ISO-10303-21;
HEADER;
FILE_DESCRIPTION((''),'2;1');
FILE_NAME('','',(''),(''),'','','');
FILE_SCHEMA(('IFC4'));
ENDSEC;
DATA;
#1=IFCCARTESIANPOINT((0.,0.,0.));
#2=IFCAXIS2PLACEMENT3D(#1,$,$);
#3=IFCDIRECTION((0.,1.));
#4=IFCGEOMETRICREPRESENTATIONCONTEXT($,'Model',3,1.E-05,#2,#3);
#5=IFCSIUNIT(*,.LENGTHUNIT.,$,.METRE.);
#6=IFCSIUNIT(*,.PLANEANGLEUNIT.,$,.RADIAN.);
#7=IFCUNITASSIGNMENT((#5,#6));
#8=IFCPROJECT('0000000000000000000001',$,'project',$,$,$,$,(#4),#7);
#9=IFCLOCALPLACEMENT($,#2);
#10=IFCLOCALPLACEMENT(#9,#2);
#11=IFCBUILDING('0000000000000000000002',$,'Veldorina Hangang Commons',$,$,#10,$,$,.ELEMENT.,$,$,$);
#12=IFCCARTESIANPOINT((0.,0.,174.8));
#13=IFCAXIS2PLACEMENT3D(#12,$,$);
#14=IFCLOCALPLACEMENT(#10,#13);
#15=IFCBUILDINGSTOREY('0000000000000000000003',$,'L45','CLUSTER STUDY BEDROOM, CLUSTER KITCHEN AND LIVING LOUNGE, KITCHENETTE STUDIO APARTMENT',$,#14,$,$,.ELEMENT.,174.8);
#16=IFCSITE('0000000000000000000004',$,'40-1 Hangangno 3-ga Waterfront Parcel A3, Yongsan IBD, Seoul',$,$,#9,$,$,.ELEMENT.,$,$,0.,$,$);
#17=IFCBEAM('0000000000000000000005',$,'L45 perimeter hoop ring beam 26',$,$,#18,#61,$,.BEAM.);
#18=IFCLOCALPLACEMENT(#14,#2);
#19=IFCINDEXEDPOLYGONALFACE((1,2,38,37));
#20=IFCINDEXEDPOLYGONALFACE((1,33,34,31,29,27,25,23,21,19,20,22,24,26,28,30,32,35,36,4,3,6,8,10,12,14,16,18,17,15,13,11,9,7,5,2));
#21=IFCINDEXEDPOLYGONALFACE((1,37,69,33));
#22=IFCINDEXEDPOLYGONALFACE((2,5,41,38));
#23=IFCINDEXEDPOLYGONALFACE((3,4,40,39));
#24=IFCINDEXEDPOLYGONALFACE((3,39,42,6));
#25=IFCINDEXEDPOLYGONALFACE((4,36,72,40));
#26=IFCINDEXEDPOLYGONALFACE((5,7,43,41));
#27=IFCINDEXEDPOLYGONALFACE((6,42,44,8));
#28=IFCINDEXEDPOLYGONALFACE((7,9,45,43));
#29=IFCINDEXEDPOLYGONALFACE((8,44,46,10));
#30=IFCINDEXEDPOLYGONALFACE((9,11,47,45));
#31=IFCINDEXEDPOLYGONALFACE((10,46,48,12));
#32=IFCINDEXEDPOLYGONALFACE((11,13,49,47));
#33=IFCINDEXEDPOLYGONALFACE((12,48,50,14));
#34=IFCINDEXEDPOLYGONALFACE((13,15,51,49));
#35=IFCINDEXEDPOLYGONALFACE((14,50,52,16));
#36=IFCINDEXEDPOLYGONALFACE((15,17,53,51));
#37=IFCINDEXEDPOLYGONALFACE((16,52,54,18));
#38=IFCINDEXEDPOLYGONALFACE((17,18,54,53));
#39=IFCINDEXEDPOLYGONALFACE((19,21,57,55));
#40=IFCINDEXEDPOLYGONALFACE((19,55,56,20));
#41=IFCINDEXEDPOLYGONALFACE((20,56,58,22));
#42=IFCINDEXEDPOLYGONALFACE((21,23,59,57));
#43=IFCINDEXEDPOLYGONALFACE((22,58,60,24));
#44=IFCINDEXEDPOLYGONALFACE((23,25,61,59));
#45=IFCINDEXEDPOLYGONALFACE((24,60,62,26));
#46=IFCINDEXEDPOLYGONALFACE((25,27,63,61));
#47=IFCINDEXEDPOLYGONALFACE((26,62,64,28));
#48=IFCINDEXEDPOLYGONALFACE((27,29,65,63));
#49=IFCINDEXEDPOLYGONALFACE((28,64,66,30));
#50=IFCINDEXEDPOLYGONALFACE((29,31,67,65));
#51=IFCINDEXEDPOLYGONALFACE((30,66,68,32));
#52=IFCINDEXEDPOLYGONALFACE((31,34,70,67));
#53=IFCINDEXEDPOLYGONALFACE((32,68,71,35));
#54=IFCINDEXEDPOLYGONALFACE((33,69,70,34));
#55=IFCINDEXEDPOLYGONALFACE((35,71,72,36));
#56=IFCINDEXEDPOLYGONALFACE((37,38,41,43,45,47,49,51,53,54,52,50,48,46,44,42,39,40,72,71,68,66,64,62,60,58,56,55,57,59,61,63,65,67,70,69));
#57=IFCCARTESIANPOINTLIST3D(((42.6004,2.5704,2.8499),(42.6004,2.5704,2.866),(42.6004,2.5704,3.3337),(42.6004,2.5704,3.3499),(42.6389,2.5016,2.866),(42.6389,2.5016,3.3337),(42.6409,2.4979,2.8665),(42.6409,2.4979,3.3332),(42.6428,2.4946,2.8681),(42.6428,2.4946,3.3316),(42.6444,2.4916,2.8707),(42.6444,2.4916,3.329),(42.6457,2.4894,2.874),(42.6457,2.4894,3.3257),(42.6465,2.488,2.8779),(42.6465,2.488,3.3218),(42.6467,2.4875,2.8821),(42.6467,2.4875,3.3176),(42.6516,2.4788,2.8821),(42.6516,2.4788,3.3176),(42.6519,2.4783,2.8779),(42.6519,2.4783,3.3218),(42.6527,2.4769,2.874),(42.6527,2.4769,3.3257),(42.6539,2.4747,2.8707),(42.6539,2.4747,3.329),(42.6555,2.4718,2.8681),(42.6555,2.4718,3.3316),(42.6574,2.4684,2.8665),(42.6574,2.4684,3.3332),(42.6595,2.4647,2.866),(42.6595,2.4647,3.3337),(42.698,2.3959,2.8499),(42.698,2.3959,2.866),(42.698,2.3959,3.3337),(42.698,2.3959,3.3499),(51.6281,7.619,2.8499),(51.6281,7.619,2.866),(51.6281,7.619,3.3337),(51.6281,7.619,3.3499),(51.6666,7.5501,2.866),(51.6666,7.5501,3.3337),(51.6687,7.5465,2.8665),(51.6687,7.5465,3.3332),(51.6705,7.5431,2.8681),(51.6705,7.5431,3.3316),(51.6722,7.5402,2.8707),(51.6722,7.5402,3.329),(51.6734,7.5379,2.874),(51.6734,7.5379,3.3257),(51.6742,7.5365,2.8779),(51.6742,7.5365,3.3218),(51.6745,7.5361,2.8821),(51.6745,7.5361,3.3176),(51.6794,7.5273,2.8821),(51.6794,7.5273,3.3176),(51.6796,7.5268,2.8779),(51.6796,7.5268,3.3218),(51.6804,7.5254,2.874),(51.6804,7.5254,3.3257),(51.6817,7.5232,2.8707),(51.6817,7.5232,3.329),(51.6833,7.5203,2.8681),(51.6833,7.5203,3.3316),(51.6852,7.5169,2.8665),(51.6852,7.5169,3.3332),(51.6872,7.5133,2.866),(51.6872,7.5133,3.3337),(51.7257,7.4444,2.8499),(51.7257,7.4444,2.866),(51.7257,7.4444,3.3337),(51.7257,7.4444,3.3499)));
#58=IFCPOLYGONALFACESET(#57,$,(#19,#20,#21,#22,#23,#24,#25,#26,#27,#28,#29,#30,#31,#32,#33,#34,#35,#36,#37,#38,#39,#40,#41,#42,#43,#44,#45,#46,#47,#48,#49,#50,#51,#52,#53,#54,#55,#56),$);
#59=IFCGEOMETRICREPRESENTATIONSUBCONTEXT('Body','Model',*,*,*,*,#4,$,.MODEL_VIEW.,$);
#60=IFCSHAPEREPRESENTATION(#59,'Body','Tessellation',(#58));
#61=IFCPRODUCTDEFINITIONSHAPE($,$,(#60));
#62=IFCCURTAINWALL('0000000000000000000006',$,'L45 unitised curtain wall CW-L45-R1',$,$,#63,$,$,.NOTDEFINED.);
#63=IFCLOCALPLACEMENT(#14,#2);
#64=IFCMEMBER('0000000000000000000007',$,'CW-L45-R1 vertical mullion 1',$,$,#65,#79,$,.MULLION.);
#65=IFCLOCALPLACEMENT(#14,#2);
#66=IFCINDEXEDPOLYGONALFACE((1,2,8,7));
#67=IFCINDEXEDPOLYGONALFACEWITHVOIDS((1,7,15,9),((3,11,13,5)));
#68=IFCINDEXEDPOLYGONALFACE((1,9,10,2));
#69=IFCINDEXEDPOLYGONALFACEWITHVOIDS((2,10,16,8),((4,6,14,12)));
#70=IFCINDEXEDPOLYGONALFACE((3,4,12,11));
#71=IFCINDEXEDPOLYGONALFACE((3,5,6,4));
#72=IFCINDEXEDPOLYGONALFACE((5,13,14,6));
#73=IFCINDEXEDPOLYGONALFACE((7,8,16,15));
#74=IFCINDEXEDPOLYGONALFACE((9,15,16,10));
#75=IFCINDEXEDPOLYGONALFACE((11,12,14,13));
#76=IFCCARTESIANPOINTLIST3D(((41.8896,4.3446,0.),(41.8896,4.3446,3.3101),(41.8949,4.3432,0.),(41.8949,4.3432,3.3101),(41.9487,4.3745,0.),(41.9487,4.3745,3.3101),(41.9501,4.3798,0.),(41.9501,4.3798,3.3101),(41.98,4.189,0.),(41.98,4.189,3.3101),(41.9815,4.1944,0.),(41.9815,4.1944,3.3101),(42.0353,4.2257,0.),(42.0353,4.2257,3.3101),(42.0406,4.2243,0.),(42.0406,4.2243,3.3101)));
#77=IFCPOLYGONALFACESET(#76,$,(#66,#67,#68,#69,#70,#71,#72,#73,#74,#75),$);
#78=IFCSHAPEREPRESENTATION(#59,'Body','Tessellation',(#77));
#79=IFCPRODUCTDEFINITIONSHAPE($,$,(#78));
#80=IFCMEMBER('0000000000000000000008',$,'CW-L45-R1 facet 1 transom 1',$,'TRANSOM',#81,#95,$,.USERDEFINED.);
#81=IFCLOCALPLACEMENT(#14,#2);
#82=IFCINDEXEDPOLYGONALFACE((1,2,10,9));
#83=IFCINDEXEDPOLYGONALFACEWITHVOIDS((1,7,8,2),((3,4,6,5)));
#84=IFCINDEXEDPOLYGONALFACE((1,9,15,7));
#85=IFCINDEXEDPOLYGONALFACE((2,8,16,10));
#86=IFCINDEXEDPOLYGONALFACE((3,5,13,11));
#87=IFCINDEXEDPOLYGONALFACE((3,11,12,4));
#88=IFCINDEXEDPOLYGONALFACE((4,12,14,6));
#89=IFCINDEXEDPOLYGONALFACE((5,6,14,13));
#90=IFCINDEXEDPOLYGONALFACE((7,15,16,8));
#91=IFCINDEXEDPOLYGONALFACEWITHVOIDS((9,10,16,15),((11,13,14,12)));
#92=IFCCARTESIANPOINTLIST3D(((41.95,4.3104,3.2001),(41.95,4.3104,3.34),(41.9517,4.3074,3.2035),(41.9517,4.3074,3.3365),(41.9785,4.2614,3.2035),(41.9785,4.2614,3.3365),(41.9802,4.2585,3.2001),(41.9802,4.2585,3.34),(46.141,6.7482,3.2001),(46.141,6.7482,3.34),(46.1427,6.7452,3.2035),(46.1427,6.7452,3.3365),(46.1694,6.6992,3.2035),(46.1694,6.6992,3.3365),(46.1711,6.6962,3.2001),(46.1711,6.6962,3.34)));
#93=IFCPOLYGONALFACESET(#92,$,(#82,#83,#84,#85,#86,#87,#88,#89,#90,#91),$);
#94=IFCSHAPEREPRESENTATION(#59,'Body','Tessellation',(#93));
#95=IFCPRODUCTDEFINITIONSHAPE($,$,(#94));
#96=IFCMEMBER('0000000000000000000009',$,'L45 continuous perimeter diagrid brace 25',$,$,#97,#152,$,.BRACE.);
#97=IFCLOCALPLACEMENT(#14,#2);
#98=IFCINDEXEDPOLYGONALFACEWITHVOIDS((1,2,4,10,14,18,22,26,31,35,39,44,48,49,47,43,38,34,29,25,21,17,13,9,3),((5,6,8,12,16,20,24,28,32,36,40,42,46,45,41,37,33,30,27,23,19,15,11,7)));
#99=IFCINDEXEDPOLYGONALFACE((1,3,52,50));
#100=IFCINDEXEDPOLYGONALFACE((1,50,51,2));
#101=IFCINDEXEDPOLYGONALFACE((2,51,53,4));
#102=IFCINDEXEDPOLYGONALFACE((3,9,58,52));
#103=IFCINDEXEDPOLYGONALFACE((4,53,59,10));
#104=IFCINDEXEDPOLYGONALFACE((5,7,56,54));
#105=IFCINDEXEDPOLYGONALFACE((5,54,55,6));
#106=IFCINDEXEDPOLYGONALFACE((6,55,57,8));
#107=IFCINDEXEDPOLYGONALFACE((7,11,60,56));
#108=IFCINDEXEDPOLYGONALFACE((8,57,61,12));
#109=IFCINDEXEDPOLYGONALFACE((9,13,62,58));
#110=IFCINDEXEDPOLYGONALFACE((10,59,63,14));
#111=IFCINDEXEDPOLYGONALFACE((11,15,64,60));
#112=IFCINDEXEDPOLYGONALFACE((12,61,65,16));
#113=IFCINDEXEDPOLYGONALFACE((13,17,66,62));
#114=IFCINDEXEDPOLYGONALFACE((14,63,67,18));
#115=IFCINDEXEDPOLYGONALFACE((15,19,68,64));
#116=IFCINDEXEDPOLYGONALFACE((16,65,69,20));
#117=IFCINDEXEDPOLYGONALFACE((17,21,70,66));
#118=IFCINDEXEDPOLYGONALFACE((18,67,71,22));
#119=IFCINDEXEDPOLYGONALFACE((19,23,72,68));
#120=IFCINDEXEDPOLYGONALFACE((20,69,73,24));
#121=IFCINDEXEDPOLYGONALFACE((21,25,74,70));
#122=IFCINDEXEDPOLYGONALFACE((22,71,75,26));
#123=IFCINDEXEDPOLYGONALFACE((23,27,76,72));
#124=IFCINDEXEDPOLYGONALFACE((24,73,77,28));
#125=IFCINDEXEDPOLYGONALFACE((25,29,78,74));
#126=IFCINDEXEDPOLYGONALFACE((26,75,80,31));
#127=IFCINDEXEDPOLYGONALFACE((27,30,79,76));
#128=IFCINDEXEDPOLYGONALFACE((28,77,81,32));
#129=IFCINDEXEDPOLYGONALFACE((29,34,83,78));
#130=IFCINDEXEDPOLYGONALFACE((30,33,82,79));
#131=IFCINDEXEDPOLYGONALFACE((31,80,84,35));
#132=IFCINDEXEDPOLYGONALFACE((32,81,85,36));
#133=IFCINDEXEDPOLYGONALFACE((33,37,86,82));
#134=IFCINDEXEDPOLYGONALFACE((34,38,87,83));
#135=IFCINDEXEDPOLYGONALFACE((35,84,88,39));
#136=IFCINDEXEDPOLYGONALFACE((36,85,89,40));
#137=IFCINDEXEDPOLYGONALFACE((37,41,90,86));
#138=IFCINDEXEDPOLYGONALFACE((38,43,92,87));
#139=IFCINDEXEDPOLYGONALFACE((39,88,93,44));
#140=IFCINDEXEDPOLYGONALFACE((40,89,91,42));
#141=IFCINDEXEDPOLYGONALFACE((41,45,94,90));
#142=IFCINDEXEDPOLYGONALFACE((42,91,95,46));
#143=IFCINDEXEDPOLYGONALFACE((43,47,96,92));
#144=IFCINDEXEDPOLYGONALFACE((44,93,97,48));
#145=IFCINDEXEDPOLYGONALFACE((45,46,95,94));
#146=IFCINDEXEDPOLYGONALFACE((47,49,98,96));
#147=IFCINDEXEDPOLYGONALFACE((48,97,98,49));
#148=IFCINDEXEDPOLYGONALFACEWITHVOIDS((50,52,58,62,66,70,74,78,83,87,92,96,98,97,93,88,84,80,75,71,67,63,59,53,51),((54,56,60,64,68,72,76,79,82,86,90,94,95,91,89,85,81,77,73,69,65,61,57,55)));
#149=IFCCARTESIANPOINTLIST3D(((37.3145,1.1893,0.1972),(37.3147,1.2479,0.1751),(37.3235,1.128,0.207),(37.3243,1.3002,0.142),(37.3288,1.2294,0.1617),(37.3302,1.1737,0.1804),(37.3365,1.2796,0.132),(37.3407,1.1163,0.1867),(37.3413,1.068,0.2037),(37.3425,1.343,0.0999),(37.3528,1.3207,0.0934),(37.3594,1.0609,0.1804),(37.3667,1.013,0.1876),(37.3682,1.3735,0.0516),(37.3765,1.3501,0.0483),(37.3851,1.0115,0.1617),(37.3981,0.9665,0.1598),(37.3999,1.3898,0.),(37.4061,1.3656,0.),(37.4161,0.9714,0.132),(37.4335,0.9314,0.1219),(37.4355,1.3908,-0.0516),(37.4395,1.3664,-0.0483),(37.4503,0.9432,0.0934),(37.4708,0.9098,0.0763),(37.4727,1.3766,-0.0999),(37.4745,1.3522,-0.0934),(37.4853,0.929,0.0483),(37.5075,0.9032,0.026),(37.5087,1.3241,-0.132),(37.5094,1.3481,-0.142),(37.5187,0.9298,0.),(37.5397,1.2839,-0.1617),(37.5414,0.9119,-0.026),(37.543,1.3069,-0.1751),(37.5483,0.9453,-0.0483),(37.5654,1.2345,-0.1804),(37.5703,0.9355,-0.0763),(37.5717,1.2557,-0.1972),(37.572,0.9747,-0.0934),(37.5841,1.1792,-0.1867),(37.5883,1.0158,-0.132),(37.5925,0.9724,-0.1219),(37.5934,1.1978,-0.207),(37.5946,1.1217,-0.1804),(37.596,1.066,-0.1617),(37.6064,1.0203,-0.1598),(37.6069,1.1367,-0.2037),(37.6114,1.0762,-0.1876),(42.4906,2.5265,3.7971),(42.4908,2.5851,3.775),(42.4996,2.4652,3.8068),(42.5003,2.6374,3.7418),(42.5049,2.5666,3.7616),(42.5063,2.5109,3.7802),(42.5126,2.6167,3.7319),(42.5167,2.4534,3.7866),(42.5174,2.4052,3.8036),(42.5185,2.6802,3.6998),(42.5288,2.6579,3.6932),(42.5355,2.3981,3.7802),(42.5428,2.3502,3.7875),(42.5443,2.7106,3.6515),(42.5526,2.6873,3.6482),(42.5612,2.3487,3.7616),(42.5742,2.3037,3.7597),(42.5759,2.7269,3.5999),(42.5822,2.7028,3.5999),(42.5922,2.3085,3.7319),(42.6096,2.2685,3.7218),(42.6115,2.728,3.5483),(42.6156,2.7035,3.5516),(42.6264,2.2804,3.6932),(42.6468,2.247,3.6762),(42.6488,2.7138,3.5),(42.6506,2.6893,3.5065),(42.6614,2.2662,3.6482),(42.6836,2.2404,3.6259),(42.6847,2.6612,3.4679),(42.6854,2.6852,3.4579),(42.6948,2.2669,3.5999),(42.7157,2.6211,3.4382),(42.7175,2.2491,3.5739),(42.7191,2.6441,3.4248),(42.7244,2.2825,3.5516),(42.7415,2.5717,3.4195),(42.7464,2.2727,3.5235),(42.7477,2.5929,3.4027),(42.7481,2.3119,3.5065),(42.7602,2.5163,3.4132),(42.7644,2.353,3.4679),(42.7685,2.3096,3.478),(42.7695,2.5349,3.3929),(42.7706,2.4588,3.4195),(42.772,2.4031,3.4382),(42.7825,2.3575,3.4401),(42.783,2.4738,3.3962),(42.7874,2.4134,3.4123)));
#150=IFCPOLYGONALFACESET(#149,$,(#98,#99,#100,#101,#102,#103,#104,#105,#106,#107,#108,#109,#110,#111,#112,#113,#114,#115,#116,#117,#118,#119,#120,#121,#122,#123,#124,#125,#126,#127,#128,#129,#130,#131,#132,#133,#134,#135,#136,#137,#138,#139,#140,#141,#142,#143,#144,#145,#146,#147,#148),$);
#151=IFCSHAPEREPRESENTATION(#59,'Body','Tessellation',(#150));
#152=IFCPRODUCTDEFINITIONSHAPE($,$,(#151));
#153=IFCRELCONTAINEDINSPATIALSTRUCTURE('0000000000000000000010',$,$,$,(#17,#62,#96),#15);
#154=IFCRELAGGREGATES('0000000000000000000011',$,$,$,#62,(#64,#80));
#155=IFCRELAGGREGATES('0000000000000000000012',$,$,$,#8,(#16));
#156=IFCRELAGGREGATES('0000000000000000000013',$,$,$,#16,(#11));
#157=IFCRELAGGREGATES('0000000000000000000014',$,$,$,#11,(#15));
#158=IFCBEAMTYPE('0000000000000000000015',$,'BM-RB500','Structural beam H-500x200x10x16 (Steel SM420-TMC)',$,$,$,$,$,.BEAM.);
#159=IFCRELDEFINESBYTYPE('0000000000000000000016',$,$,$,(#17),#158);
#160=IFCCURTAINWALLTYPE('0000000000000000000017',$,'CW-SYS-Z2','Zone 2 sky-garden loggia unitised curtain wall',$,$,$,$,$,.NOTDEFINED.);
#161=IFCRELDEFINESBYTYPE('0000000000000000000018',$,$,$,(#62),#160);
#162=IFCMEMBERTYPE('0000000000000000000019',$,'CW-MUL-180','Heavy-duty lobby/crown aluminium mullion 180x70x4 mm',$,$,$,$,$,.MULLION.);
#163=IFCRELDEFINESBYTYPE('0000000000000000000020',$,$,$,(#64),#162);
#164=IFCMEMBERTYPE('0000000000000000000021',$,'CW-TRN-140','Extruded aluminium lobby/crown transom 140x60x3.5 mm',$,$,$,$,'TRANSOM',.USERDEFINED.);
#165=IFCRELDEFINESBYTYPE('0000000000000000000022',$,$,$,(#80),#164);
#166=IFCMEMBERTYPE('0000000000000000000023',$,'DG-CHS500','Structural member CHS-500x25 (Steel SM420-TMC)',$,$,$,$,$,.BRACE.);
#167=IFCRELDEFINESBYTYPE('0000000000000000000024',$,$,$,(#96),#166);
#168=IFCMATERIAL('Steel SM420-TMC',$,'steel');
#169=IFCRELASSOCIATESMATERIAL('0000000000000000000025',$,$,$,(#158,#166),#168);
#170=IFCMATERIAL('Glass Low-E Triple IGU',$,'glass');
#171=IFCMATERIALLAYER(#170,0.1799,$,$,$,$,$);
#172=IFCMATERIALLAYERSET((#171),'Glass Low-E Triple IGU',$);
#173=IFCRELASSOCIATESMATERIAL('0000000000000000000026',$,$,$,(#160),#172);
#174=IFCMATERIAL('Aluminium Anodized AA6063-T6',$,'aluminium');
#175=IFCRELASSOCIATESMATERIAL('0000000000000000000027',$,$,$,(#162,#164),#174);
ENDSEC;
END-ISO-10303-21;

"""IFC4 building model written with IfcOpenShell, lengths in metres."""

from ifc_helpers import new_model, si_unit, direction, frame, origin, origin_2d, place, context, subcontext, project, spatial, hollow_rectangle, hollow_circle, i_section, extrude, material, layer, layer_set, material_profile, profile_set, type_object, element, aggregate, save


model = new_model("IFC4")

# Units and contexts
model_context = context("Model", 3, precision=1e-05, world=origin(), true_north=direction((0.0, 1.0)))
body_context = subcontext(model_context, "Body", "Model", "MODEL_VIEW")
ifc_project = project(units=[si_unit("LENGTHUNIT", "METRE"), si_unit("PLANEANGLEUNIT", "RADIAN")], contexts=[model_context])

# Site, building, storey
site_placement = place(None, origin())
site = spatial("IfcSite", under=ifc_project, at=site_placement, Name="40-1 Hangangno 3-ga Waterfront Parcel A3, Yongsan IBD, Seoul", CompositionType="ELEMENT", RefElevation=0.0)
building_placement = place(site_placement, origin())
building = spatial("IfcBuilding", under=site, at=building_placement, Name="Veldorina Hangang Commons", CompositionType="ELEMENT")
storey_placement = place(building_placement, frame((0.0, 0.0, 174.8)))
storey = spatial("IfcBuildingStorey", under=building, at=storey_placement, Name="L45", Description="CLUSTER STUDY BEDROOM, CLUSTER KITCHEN AND LIVING LOUNGE, KITCHENETTE STUDIO APARTMENT", CompositionType="ELEMENT", Elevation=174.8)

# Beam
ifc_material_1 = material(Name="Steel SM420-TMC", Category="steel")
ifc_material_profile_1 = material_profile(ifc_material_1, i_section(OverallWidth=0.2, OverallDepth=0.5, WebThickness=0.01, FlangeThickness=0.0161, FilletRadius=0.0161, at=origin_2d()), Name="H-500x200x10x16")
ifc_profile_set_1 = profile_set([ifc_material_profile_1], Name="Steel SM420-TMC")
beam_type = type_object("IfcBeamType", Name="BM-RB500", Description="Structural beam H-500x200x10x16 (Steel SM420-TMC)", PredefinedType="BEAM", material=ifc_profile_set_1)
beam_placement = place(storey_placement, frame((42.6492, 2.4832, 3.0999), z_axis=(0.872794, 0.488088, 0.0), x_axis=(-0.488088, 0.872794, 0.0)))
element("IfcBeam", 1, at=beam_placement, inside=storey, type_object=beam_type, Name="L45 perimeter hoop ring beam 26", PredefinedType="BEAM", context=body_context, shape_type="SweptSolid", body=[
    extrude(i_section(OverallWidth=0.2, OverallDepth=0.5, WebThickness=0.01, FlangeThickness=0.0161, FilletRadius=0.0161, at=origin_2d()), origin(), (0.0, 0.0, 1.0), 10.3435),
])

# Curtain wall, members
ifc_material_2 = material(Name="Glass Low-E Triple IGU", Category="glass")
ifc_layer_1 = layer(ifc_material_2, 0.1799)
ifc_layer_set_1 = layer_set([ifc_layer_1], Name="Glass Low-E Triple IGU")
curtain_wall_type = type_object("IfcCurtainWallType", Name="CW-SYS-Z2", Description="Zone 2 sky-garden loggia unitised curtain wall", PredefinedType="NOTDEFINED", material=ifc_layer_set_1)
curtain_wall_placement = place(storey_placement, origin())
curtain_wall = element("IfcCurtainWall", 2, at=curtain_wall_placement, inside=storey, type_object=curtain_wall_type, Name="L45 unitised curtain wall CW-L45-R1", PredefinedType="NOTDEFINED")
ifc_material_3 = material(Name="Aluminium Anodized AA6063-T6", Category="aluminium")
ifc_material_profile_2 = material_profile(ifc_material_3, hollow_rectangle(XDim=0.0701, YDim=0.1799, WallThickness=0.0039, at=origin_2d()), Name="ALU-RHS-180x70x4")
ifc_profile_set_2 = profile_set([ifc_material_profile_2], Name="Aluminium Anodized AA6063-T6")
member_type_1 = type_object("IfcMemberType", Name="CW-MUL-180", Description="Heavy-duty lobby/crown aluminium mullion 180x70x4 mm", PredefinedType="MULLION", material=ifc_profile_set_2)
member_1_placement = place(storey_placement, frame((41.9651, 4.2844, 0.0), z_axis=(0.0, 0.0, 1.0), x_axis=(0.864398, 0.502809, 0.0)))
member_1 = element("IfcMember", 3, at=member_1_placement, type_object=member_type_1, Name="CW-L45-R1 vertical mullion 1", PredefinedType="MULLION", context=body_context, shape_type="SweptSolid", body=[
    extrude(hollow_rectangle(XDim=0.0701, YDim=0.1799, WallThickness=0.0039, at=origin_2d()), origin(), (0.0, 0.0, 1.0), 3.3101),
])
ifc_material_profile_3 = material_profile(ifc_material_3, hollow_rectangle(XDim=0.0601, YDim=0.1399, WallThickness=0.0034, at=origin_2d()), Name="ALU-RHS-140x60x3.5")
ifc_profile_set_3 = profile_set([ifc_material_profile_3], Name="Aluminium Anodized AA6063-T6")
member_type_2 = type_object("IfcMemberType", Name="CW-TRN-140", Description="Extruded aluminium lobby/crown transom 140x60x3.5 mm", ElementType="TRANSOM", PredefinedType="USERDEFINED", material=ifc_profile_set_3)
member_2_placement = place(storey_placement, frame((41.9651, 4.2844, 3.27), z_axis=(0.864403, 0.5028, 0.0), x_axis=(-0.5028, 0.864403, 0.0)))
member_2 = element("IfcMember", 4, at=member_2_placement, type_object=member_type_2, Name="CW-L45-R1 facet 1 transom 1", ObjectType="TRANSOM", PredefinedType="USERDEFINED", context=body_context, shape_type="SweptSolid", body=[
    extrude(hollow_rectangle(XDim=0.0601, YDim=0.1399, WallThickness=0.0034, at=origin_2d()), origin(), (0.0, 0.0, 1.0), 4.8484),
])
aggregate(curtain_wall, [member_1, member_2])

# Member
ifc_material_profile_4 = material_profile(ifc_material_1, hollow_circle(Radius=0.25, WallThickness=0.0249, at=origin_2d()), Name="CHS-500x25")
ifc_profile_set_4 = profile_set([ifc_material_profile_4], Name="Steel SM420-TMC")
member_type_3 = type_object("IfcMemberType", Name="DG-CHS500", Description="Structural member CHS-500x25 (Steel SM420-TMC)", PredefinedType="BRACE", material=ifc_profile_set_4)
member_3_placement = place(storey_placement, frame((37.4624, 1.1477, 0.0), z_axis=(0.803106, 0.207472, 0.558549), x_axis=(-0.250125, 0.968213, 0.0)))
element("IfcMember", 5, at=member_3_placement, inside=storey, type_object=member_type_3, Name="L45 continuous perimeter diagrid brace 25", PredefinedType="BRACE", context=body_context, shape_type="SweptSolid", body=[
    extrude(hollow_circle(Radius=0.25, WallThickness=0.0249, at=origin_2d()), origin(), (0.0, 0.0, 1.0), 6.4451),
])

save(model, "model.ifc")
